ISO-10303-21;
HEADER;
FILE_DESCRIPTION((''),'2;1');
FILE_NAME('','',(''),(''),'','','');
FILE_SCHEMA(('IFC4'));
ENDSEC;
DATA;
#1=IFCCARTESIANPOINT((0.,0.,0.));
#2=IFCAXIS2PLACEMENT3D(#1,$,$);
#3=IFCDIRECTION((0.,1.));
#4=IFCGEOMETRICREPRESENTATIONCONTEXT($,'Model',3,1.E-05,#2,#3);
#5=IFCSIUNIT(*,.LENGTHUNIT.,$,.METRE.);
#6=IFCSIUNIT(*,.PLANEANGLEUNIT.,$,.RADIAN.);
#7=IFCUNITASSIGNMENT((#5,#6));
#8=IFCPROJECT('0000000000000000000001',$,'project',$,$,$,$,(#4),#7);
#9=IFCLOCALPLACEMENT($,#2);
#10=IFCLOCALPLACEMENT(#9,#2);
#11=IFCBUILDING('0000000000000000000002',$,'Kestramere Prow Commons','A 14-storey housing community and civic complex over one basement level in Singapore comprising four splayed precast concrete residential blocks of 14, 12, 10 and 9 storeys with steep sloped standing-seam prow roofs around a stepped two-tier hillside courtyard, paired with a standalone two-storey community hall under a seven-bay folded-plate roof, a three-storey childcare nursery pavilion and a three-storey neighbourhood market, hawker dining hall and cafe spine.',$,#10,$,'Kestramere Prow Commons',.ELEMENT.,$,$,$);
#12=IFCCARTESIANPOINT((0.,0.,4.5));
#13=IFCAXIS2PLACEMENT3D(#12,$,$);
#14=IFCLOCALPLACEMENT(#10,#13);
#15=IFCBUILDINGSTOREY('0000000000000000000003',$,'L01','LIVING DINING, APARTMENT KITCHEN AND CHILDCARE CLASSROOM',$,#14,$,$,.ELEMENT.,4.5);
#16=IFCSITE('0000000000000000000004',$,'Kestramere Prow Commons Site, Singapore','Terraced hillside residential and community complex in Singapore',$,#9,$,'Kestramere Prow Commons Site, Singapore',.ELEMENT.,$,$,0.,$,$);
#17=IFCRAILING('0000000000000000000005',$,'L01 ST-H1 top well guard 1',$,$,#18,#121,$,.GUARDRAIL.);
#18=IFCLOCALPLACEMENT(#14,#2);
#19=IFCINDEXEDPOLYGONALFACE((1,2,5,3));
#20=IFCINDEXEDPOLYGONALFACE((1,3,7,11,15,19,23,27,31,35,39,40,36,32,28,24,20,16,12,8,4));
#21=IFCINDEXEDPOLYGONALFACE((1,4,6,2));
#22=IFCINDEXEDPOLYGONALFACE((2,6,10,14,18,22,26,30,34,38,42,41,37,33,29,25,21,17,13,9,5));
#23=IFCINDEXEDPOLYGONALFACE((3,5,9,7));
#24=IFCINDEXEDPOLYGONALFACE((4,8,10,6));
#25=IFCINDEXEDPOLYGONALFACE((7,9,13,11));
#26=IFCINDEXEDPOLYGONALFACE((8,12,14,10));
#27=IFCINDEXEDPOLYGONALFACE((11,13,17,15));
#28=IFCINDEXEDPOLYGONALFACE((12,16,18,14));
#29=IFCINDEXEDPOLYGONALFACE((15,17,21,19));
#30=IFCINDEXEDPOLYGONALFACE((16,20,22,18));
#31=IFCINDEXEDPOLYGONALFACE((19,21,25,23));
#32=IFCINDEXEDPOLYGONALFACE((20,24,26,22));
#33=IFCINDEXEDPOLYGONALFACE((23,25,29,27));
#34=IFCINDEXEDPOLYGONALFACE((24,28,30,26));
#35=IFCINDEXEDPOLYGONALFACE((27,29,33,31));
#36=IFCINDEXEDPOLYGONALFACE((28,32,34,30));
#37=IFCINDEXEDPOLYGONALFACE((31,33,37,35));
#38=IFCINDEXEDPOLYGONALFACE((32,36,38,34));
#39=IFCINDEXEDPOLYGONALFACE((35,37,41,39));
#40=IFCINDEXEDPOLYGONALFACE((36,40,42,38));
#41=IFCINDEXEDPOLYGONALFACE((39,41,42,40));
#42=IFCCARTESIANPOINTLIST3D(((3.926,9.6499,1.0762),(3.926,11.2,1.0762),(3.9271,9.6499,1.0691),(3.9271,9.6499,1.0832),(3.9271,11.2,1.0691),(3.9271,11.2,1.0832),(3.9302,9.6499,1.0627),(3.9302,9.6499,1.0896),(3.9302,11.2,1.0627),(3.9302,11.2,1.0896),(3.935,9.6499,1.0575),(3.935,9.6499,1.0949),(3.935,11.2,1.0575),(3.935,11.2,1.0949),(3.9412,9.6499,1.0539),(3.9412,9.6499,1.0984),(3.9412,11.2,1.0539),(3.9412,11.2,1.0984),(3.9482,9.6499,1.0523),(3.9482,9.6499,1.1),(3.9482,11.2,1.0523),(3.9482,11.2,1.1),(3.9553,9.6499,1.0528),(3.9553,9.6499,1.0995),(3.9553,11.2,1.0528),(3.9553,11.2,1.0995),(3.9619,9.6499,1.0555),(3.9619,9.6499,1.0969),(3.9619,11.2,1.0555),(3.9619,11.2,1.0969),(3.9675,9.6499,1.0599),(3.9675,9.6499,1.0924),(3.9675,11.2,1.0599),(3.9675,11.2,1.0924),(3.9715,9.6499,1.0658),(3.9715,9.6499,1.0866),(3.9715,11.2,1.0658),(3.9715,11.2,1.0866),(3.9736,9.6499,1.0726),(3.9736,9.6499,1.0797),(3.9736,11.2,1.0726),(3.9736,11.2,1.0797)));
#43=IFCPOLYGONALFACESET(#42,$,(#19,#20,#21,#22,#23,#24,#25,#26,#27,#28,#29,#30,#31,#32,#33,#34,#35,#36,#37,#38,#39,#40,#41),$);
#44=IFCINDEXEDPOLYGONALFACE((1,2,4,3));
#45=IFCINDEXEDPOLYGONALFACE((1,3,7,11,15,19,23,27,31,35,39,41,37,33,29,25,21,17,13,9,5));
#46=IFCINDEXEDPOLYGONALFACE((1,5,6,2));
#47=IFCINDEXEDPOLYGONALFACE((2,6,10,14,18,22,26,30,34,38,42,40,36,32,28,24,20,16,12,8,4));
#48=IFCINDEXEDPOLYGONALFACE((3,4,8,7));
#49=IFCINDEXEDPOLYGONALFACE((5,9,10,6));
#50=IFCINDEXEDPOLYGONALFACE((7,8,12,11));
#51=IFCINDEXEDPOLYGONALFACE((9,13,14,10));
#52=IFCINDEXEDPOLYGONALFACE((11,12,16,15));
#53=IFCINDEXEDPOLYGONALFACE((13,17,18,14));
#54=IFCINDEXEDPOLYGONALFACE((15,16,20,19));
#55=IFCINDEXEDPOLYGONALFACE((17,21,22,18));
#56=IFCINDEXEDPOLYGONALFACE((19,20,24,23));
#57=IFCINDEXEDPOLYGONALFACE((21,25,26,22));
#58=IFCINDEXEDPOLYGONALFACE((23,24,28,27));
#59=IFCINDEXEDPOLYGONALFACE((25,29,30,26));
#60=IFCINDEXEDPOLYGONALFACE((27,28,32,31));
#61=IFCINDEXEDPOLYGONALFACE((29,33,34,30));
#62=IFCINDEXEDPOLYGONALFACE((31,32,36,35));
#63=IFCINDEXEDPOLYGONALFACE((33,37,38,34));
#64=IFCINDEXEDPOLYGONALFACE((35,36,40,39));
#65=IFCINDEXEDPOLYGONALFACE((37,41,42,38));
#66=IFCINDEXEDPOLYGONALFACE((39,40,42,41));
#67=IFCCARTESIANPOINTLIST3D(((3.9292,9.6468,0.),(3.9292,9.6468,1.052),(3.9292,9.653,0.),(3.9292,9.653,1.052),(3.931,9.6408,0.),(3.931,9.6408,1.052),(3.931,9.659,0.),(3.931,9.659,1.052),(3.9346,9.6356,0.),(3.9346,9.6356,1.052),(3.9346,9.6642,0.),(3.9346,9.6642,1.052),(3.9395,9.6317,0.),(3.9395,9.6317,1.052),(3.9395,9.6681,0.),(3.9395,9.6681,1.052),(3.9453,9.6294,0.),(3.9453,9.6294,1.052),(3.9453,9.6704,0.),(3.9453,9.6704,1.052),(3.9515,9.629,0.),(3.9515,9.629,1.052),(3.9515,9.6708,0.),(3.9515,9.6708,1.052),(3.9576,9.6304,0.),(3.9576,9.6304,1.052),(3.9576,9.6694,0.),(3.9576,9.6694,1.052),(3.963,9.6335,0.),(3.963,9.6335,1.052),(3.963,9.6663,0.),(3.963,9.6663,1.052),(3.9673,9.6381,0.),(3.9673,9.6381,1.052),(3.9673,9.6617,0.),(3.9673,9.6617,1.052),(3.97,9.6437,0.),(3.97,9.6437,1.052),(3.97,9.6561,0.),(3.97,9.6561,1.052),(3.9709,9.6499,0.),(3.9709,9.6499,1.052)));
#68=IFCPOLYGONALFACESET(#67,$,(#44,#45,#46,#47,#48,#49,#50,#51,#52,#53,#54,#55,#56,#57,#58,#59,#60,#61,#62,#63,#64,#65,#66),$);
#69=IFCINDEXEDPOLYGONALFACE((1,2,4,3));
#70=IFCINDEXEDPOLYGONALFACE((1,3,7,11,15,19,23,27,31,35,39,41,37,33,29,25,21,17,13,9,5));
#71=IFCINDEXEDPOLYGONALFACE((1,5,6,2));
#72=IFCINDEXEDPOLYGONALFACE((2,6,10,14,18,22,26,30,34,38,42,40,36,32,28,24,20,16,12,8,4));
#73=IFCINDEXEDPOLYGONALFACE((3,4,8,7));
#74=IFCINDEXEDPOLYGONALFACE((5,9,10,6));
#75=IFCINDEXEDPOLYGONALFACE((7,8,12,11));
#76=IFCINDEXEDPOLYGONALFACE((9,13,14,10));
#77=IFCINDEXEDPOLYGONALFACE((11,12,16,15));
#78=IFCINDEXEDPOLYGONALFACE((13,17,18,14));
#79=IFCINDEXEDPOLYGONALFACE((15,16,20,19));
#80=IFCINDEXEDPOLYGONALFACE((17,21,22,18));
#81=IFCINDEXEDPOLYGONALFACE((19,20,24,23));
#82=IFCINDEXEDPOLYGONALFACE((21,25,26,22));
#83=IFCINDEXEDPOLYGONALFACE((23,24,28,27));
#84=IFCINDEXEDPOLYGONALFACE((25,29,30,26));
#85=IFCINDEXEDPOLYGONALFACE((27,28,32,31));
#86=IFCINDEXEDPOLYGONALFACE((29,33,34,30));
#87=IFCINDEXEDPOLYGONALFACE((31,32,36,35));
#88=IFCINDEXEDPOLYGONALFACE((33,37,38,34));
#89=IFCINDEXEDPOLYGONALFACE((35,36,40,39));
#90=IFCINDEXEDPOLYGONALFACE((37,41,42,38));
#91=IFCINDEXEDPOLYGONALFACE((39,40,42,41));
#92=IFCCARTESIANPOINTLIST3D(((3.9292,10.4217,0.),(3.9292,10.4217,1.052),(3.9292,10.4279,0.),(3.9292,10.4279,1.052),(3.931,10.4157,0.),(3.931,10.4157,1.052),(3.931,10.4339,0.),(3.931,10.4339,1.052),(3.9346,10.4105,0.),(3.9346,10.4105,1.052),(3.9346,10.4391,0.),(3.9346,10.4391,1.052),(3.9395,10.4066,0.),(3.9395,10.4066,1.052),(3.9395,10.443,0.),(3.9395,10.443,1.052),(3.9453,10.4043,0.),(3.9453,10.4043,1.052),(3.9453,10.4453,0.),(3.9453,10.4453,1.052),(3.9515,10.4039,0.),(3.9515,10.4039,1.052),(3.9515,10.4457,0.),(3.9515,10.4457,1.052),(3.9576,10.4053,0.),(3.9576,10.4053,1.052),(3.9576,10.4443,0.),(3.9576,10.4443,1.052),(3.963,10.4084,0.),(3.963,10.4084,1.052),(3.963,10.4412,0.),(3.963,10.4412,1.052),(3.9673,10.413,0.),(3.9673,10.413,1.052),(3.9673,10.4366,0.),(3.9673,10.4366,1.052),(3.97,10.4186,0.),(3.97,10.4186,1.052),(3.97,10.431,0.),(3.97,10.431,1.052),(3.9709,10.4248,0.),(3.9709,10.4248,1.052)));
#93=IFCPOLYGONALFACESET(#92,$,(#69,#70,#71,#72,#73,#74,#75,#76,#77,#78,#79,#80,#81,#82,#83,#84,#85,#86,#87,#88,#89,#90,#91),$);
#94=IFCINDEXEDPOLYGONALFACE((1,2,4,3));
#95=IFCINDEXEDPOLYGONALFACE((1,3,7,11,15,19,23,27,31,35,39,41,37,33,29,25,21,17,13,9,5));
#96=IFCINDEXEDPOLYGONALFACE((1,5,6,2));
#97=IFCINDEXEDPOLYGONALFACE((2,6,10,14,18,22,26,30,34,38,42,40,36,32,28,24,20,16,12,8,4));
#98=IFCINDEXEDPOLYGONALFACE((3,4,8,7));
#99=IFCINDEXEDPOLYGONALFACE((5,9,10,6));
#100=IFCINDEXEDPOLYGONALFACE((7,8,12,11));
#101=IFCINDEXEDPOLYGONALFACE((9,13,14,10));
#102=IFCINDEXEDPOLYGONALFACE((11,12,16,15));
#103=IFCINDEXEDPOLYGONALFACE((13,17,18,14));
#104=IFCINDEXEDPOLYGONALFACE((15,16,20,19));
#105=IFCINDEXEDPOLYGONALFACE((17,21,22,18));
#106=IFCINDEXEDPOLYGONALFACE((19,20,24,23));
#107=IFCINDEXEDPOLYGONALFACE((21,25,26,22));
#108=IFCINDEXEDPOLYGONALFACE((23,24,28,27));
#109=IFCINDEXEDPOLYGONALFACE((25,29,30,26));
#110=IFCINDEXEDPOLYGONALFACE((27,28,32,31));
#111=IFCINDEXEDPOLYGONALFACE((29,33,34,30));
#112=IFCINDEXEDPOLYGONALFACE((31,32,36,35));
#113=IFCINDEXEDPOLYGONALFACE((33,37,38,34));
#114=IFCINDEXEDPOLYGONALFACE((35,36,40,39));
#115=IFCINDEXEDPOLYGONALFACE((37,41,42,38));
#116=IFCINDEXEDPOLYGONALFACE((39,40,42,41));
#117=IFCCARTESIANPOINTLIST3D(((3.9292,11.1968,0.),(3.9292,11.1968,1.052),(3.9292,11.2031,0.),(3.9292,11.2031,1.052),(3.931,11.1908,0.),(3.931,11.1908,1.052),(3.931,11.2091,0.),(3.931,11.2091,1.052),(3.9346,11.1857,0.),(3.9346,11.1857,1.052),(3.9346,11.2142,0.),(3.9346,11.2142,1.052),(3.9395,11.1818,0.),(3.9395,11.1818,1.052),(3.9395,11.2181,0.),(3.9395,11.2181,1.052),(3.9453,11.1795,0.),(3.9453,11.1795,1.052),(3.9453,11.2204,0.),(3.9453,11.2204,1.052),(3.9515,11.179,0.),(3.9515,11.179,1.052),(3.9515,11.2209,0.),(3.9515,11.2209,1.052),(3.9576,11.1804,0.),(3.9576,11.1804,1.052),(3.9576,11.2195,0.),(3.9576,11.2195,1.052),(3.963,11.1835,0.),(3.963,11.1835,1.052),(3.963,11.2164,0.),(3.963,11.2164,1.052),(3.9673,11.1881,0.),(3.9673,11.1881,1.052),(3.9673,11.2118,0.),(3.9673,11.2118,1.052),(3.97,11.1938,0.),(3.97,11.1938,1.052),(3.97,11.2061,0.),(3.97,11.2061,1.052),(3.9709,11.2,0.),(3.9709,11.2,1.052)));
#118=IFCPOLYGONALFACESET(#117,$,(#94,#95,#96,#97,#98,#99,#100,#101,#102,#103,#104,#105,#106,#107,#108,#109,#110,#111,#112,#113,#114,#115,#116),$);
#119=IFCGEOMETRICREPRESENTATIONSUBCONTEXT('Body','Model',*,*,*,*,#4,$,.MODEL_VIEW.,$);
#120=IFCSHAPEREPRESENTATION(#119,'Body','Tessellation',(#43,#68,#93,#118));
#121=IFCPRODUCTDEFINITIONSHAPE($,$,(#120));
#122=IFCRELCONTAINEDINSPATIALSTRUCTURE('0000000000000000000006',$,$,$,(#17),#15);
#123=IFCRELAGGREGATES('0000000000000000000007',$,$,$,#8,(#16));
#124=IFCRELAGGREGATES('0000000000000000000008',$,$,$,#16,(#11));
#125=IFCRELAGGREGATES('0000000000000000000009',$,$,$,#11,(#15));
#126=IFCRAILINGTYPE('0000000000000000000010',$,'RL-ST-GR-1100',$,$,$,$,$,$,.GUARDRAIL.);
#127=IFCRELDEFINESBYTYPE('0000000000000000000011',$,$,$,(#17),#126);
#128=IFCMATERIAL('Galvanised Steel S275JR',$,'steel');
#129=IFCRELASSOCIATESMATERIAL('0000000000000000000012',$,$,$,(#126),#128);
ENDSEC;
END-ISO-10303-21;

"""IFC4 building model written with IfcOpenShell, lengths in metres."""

from ifc_helpers import new_model, si_unit, direction, frame, origin, origin_2d, place, context, subcontext, project, spatial, circle, extrude, material, type_object, element, save


model = new_model("IFC4")

# Units and contexts
model_context = context("Model", 3, precision=1e-05, world=origin(), true_north=direction((0.0, 1.0)))
body_context = subcontext(model_context, "Body", "Model", "MODEL_VIEW")
ifc_project = project(units=[si_unit("LENGTHUNIT", "METRE"), si_unit("PLANEANGLEUNIT", "RADIAN")], contexts=[model_context])

# Site, building, storey
site_placement = place(None, origin())
site = spatial("IfcSite", under=ifc_project, at=site_placement, Name="Kestramere Prow Commons Site, Singapore", Description="Terraced hillside residential and community complex in Singapore", LongName="Kestramere Prow Commons Site, Singapore", CompositionType="ELEMENT", RefElevation=0.0)
building_placement = place(site_placement, origin())
building = spatial("IfcBuilding", under=site, at=building_placement, Name="Kestramere Prow Commons", Description="A 14-storey housing community and civic complex over one basement level in Singapore comprising four splayed precast concrete residential blocks of 14, 12, 10 and 9 storeys with steep sloped standing-seam prow roofs around a stepped two-tier hillside courtyard, paired with a standalone two-storey community hall under a seven-bay folded-plate roof, a three-storey childcare nursery pavilion and a three-storey neighbourhood market, hawker dining hall and cafe spine.", LongName="Kestramere Prow Commons", CompositionType="ELEMENT")
storey_placement = place(building_placement, frame((0.0, 0.0, 4.5)))
storey = spatial("IfcBuildingStorey", under=building, at=storey_placement, Name="L01", Description="LIVING DINING, APARTMENT KITCHEN AND CHILDCARE CLASSROOM", CompositionType="ELEMENT", Elevation=4.5)

# Railing
ifc_material_1 = material(Name="Galvanised Steel S275JR", Category="steel")
railing_type_1 = type_object("IfcRailingType", Name="RL-ST-GR-1100", PredefinedType="GUARDRAIL", material=ifc_material_1)
railing_placement = place(storey_placement, frame((3.95, 9.6499, 0.0)))
element("IfcRailing", 1, at=railing_placement, inside=storey, type_object=railing_type_1, Name="L01 ST-H1 top well guard 1", PredefinedType="GUARDRAIL", context=body_context, shape_type="SweptSolid", body=[
    extrude(circle(Radius=0.0239, at=origin_2d()), frame((0.0, 0.0, 1.0762), z_axis=(0.0, 1.0, 0.0), x_axis=(-1.0, 0.0, 0.0)), (0.0, 0.0, 1.0), 1.55),
    extrude(circle(Radius=0.021, at=origin_2d()), origin(), (0.0, 0.0, 1.0), 1.052),
    extrude(circle(Radius=0.021, at=origin_2d()), frame((0.0, 0.7749, 0.0)), (0.0, 0.0, 1.0), 1.052),
    extrude(circle(Radius=0.021, at=origin_2d()), frame((0.0, 1.55, 0.0)), (0.0, 0.0, 1.0), 1.052),
])

save(model, "model.ifc")
